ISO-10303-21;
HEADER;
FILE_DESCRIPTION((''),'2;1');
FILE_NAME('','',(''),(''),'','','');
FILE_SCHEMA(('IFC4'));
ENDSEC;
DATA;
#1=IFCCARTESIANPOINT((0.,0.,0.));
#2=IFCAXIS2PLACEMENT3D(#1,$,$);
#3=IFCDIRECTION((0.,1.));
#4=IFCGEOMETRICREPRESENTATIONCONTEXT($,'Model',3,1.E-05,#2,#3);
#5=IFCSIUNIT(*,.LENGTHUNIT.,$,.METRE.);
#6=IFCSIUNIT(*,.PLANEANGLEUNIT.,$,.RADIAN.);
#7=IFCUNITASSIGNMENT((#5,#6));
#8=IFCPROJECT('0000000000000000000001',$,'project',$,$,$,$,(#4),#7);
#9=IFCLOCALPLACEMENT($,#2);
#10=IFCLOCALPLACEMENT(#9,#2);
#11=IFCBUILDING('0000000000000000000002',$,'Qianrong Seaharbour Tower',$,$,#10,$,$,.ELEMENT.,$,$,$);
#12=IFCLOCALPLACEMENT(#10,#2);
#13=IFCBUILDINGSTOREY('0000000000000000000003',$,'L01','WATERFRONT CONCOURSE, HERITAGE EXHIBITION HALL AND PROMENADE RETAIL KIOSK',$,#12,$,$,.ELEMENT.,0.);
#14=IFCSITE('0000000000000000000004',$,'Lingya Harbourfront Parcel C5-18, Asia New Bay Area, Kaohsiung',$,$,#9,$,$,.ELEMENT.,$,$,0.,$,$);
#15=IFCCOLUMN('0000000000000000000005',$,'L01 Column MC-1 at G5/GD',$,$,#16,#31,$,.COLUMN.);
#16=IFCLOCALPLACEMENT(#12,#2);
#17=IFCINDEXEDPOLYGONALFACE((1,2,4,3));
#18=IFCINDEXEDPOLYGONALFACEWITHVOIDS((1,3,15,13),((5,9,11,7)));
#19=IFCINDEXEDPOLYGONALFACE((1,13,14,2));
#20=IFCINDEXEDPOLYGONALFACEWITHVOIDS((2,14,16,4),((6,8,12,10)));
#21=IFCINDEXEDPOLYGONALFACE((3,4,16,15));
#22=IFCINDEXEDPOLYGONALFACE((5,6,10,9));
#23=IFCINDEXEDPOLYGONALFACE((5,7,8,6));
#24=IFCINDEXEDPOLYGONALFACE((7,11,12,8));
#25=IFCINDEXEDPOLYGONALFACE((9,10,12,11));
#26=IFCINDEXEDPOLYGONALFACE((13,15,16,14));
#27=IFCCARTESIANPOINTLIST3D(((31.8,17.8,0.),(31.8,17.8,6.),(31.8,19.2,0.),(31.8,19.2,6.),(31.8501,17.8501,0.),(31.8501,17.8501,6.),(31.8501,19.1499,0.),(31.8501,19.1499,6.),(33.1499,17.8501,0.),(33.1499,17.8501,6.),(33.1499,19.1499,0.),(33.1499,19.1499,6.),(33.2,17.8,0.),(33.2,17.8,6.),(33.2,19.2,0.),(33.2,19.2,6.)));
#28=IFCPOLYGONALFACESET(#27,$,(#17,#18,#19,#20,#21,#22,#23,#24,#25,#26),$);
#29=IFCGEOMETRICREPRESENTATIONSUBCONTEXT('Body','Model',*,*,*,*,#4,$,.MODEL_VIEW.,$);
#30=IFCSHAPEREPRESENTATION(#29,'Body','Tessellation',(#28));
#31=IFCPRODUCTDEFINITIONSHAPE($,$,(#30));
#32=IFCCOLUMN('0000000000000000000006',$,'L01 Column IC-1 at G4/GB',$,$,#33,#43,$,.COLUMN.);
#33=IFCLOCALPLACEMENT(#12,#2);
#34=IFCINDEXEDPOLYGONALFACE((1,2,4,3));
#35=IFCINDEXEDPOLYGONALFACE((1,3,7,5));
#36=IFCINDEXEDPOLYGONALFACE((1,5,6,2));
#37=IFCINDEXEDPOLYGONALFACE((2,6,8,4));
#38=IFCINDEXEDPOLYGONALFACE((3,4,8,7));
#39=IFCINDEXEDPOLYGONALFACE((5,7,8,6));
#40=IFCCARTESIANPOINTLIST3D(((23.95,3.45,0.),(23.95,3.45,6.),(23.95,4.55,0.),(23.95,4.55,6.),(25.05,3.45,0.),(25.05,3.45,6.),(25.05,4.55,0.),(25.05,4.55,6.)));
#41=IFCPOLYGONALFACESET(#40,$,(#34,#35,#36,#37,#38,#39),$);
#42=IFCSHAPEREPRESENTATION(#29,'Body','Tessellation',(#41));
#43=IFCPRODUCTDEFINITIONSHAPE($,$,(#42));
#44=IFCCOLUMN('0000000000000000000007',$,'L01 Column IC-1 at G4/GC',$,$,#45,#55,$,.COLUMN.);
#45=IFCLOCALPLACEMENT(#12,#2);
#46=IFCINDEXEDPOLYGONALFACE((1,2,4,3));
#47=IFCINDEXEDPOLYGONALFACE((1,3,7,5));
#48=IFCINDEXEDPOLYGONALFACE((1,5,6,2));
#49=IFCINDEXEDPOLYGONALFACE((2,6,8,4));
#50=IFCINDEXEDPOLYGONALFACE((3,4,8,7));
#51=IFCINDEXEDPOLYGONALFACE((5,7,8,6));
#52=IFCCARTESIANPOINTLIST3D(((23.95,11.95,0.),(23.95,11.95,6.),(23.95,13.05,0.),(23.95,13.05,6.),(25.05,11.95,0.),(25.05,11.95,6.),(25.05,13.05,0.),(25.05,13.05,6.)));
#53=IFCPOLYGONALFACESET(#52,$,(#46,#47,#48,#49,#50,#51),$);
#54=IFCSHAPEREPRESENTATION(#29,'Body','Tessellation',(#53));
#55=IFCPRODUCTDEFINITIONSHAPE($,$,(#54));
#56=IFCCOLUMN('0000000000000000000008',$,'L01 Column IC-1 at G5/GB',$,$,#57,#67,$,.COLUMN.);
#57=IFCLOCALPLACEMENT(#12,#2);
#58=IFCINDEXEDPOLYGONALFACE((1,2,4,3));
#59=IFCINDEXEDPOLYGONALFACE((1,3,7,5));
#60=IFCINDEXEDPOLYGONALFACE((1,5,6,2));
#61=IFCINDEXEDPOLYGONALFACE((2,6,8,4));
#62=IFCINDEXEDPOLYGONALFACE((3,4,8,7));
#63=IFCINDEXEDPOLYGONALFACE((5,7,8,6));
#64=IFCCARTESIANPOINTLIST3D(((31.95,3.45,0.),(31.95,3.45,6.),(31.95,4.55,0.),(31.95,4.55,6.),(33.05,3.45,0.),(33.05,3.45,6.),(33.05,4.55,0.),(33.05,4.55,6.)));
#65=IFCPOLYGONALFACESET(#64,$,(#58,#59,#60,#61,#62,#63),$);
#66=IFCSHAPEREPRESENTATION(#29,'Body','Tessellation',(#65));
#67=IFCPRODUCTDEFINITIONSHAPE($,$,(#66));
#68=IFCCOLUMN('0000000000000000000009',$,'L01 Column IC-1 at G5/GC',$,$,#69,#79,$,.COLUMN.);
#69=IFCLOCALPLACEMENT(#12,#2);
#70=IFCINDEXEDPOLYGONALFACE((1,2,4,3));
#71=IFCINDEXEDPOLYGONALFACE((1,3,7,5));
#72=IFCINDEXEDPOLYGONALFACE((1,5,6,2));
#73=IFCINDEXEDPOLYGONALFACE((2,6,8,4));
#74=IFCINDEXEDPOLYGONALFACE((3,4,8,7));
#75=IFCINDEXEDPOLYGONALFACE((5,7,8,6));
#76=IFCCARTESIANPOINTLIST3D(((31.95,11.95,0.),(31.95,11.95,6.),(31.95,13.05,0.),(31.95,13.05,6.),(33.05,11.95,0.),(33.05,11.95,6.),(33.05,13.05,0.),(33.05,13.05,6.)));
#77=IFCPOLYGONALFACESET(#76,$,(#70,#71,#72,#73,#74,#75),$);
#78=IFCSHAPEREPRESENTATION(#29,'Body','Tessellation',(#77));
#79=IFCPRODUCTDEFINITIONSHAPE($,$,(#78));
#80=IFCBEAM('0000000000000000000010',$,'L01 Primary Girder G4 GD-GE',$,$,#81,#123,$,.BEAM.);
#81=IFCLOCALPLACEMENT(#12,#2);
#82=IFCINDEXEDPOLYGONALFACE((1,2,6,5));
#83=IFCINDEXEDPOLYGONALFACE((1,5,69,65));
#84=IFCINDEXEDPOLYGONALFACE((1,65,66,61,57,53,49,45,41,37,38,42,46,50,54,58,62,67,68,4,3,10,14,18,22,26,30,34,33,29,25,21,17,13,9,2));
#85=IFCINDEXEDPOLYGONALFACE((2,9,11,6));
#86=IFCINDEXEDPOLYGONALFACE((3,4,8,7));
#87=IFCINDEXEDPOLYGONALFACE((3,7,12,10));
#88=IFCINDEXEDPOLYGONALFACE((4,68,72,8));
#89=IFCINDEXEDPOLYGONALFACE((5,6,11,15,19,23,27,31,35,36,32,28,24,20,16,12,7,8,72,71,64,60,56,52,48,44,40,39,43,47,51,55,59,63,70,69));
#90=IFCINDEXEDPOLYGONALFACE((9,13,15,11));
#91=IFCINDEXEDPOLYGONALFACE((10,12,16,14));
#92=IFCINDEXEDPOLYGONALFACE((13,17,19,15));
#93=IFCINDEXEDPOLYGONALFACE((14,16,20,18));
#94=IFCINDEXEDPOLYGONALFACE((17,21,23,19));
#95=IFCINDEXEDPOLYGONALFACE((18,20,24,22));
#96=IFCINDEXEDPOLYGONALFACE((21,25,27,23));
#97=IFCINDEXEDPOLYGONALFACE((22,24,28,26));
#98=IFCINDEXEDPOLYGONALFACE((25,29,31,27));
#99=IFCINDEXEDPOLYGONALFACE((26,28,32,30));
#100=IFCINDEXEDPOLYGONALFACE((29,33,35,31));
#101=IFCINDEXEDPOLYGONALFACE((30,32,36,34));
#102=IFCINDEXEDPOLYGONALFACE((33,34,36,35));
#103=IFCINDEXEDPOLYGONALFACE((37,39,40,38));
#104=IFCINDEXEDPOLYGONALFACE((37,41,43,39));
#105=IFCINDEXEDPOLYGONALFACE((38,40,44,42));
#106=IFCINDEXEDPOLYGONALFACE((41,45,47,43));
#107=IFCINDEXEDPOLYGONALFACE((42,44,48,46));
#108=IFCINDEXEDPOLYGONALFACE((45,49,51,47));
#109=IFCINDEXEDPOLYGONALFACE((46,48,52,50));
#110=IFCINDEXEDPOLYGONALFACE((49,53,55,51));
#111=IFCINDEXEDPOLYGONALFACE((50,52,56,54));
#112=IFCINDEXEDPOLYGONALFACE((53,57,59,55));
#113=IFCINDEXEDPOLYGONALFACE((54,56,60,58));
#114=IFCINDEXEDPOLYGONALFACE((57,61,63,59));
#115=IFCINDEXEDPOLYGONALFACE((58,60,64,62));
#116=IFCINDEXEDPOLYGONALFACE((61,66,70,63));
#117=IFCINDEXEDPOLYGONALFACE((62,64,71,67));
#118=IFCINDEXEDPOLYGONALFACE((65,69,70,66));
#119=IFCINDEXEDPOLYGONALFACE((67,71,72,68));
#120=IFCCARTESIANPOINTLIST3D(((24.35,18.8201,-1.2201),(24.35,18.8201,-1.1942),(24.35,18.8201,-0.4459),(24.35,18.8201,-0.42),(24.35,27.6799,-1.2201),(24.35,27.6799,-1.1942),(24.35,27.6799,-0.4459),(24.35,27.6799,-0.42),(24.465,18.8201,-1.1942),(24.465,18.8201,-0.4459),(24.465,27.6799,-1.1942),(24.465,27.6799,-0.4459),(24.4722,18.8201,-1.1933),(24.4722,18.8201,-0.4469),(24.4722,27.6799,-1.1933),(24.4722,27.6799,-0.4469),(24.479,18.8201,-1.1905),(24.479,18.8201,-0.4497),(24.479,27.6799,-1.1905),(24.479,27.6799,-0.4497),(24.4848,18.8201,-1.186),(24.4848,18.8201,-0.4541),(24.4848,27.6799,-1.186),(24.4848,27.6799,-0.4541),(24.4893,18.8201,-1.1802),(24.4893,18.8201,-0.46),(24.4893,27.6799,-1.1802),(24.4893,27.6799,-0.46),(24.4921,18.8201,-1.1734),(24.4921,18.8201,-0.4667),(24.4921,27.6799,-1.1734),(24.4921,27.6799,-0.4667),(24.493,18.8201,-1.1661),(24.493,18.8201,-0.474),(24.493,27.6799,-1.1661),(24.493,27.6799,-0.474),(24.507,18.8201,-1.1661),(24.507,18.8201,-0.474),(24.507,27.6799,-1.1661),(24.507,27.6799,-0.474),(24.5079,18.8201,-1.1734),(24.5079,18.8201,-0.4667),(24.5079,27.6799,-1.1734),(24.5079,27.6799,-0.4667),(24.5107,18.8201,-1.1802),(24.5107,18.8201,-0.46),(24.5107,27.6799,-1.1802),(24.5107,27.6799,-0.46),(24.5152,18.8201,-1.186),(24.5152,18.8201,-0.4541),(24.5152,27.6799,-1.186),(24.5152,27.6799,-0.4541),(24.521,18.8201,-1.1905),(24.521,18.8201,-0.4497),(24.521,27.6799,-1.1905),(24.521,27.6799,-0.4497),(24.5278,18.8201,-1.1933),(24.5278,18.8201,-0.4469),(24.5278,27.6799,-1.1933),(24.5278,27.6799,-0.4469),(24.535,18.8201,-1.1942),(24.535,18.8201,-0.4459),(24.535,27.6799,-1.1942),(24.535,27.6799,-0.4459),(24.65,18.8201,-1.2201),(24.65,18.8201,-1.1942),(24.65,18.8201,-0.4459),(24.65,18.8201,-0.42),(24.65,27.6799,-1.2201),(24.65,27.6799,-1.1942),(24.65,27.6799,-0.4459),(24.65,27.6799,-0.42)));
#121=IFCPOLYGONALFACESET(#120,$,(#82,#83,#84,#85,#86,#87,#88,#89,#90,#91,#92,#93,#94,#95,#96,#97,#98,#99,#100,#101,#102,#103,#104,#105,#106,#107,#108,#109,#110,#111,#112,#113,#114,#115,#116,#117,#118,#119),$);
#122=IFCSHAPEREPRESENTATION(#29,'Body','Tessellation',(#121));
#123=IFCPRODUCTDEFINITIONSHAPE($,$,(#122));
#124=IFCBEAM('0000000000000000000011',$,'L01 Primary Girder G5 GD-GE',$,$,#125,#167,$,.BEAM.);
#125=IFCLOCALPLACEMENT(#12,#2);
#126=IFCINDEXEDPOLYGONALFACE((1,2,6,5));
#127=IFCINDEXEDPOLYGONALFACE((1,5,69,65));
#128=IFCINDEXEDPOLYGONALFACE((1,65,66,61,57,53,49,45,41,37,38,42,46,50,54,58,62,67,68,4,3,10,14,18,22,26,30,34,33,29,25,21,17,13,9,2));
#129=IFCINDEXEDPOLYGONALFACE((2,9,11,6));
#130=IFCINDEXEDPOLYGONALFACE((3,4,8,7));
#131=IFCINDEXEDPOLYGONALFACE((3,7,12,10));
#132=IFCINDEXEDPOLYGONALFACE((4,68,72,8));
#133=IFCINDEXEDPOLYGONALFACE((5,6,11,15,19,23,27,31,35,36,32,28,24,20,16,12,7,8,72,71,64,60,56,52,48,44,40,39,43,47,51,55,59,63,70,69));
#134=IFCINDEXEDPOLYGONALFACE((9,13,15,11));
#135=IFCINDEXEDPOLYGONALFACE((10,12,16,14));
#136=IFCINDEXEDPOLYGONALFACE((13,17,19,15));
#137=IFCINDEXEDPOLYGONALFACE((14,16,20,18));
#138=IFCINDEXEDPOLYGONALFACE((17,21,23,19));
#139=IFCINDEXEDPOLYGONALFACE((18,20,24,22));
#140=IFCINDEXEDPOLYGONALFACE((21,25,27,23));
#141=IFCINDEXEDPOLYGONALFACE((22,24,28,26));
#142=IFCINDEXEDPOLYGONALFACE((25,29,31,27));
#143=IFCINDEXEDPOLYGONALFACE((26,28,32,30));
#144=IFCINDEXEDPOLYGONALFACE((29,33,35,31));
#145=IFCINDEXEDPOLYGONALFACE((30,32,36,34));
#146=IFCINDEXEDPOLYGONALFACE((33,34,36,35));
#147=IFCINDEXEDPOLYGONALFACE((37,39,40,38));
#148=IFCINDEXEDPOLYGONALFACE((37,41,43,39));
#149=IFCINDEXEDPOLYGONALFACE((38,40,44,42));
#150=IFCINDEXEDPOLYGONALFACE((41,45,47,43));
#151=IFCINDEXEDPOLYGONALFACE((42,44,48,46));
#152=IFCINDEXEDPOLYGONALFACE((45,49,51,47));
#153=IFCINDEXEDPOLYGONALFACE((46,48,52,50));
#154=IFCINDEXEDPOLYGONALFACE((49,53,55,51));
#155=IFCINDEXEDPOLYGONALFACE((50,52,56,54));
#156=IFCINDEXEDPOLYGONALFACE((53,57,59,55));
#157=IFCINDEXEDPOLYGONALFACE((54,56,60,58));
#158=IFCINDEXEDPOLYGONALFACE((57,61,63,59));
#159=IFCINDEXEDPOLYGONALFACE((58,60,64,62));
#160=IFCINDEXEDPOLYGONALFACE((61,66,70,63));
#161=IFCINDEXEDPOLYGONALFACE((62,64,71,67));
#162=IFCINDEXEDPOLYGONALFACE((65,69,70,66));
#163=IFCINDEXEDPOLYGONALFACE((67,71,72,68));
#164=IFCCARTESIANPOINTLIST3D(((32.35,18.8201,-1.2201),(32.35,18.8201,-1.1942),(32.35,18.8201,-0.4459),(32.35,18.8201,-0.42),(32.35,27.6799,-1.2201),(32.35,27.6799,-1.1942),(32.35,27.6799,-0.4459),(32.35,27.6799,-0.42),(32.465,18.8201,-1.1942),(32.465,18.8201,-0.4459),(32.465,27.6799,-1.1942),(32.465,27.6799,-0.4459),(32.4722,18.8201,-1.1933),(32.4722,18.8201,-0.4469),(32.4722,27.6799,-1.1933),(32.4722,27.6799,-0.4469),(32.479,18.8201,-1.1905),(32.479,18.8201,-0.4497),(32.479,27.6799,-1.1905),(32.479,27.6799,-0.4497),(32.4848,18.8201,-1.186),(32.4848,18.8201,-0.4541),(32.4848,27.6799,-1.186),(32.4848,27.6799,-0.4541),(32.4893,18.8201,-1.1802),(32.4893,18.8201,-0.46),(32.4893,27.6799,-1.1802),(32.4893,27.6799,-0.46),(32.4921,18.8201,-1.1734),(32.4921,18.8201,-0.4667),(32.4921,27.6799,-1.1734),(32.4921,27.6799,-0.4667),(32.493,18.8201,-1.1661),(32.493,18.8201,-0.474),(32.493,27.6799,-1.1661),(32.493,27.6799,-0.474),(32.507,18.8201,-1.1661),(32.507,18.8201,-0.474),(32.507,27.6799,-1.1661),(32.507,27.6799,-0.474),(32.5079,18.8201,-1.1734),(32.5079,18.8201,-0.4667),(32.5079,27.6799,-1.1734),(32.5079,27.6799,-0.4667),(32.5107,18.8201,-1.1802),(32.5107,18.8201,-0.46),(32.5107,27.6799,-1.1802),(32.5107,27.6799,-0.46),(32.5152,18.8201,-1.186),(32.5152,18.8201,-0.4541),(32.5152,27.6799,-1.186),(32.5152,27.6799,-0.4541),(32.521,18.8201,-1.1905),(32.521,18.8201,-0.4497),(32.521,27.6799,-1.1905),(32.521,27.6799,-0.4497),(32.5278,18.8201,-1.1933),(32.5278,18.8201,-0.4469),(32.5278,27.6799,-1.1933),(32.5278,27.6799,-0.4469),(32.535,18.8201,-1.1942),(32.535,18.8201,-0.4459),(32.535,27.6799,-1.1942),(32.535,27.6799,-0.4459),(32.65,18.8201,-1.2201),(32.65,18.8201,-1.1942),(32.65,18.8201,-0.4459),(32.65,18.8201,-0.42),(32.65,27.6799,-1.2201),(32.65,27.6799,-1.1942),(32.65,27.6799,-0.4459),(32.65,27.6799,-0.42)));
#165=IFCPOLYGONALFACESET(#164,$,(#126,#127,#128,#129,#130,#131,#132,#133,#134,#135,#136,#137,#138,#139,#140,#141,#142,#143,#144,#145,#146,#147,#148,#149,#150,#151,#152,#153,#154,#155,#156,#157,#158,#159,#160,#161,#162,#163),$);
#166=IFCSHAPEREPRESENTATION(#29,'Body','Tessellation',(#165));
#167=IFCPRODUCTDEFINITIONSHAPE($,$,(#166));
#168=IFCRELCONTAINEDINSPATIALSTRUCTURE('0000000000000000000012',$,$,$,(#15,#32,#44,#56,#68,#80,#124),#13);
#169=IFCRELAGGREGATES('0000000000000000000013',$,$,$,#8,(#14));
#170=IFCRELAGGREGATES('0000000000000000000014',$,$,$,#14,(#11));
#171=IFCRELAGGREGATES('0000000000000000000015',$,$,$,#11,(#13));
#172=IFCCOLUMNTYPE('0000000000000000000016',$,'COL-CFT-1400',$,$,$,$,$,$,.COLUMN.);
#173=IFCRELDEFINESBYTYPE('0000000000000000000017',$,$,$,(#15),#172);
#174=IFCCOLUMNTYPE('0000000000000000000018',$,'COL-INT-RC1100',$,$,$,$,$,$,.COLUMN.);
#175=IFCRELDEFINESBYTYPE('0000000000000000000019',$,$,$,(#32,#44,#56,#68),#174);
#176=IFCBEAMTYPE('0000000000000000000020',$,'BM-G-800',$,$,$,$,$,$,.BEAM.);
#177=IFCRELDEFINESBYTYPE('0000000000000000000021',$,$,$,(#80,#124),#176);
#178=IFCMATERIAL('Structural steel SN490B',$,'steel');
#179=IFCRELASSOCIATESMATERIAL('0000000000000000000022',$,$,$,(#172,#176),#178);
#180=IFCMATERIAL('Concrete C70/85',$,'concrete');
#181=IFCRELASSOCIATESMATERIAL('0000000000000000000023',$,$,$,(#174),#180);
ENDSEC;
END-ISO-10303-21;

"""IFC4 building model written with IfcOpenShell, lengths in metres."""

from ifc_helpers import new_model, si_unit, direction, frame, origin, origin_2d, place, context, subcontext, project, spatial, rectangle, hollow_rectangle, i_section, extrude, material, material_profile, profile_set, type_object, element, save


model = new_model("IFC4")

# Units and contexts
model_context = context("Model", 3, precision=1e-05, world=origin(), true_north=direction((0.0, 1.0)))
body_context = subcontext(model_context, "Body", "Model", "MODEL_VIEW")
ifc_project = project(units=[si_unit("LENGTHUNIT", "METRE"), si_unit("PLANEANGLEUNIT", "RADIAN")], contexts=[model_context])

# Site, building, storey
site_placement = place(None, origin())
site = spatial("IfcSite", under=ifc_project, at=site_placement, Name="Lingya Harbourfront Parcel C5-18, Asia New Bay Area, Kaohsiung", CompositionType="ELEMENT", RefElevation=0.0)
building_placement = place(site_placement, origin())
building = spatial("IfcBuilding", under=site, at=building_placement, Name="Qianrong Seaharbour Tower", CompositionType="ELEMENT")
storey_placement = place(building_placement, origin())
storey = spatial("IfcBuildingStorey", under=building, at=storey_placement, Name="L01", Description="WATERFRONT CONCOURSE, HERITAGE EXHIBITION HALL AND PROMENADE RETAIL KIOSK", CompositionType="ELEMENT", Elevation=0.0)

# Columns
ifc_material_1 = material(Name="Structural steel SN490B", Category="steel")
ifc_material_profile_1 = material_profile(ifc_material_1, hollow_rectangle(XDim=1.3999, YDim=1.3999, WallThickness=0.05, at=origin_2d()), Name="BOX1400x1400x50")
ifc_profile_set_1 = profile_set([ifc_material_profile_1], Name="Structural steel SN490B")
column_type_1 = type_object("IfcColumnType", Name="COL-CFT-1400", PredefinedType="COLUMN", material=ifc_profile_set_1)
column_placement = place(storey_placement, frame((32.5, 18.5, 0.0), z_axis=(0.0, 0.0, 1.0), x_axis=(1.0, 0.0, 0.0)))
element("IfcColumn", 1, at=column_placement, inside=storey, type_object=column_type_1, Name="L01 Column MC-1 at G5/GD", PredefinedType="COLUMN", context=body_context, shape_type="SweptSolid", body=[
    extrude(hollow_rectangle(XDim=1.3999, YDim=1.3999, WallThickness=0.05, at=origin_2d()), origin(), (0.0, 0.0, 1.0), 6.0),
])
ifc_material_2 = material(Name="Concrete C70/85", Category="concrete")
ifc_material_profile_2 = material_profile(ifc_material_2, rectangle(XDim=1.1001, YDim=1.1001, at=origin_2d()), Name="RC1100x1100")
ifc_profile_set_2 = profile_set([ifc_material_profile_2], Name="Concrete C70/85")
column_type_2 = type_object("IfcColumnType", Name="COL-INT-RC1100", PredefinedType="COLUMN", material=ifc_profile_set_2)
for number, where, z_axis, x_axis, name in (
    (2, (24.5, 4.0, 0.0), (0.0, 0.0, 1.0), (1.0, 0.0, 0.0), "L01 Column IC-1 at G4/GB"),
    (3, (24.5, 12.5, 0.0), (0.0, 0.0, 1.0), (1.0, 0.0, 0.0), "L01 Column IC-1 at G4/GC"),
    (4, (32.5, 4.0, 0.0), (0.0, 0.0, 1.0), (1.0, 0.0, 0.0), "L01 Column IC-1 at G5/GB"),
    (5, (32.5, 12.5, 0.0), (0.0, 0.0, 1.0), (1.0, 0.0, 0.0), "L01 Column IC-1 at G5/GC"),
):
    element("IfcColumn", number, at=place(storey_placement, frame(where, z_axis=z_axis, x_axis=x_axis)), inside=storey, type_object=column_type_2, Name=name, PredefinedType="COLUMN", context=body_context, shape_type="SweptSolid", body=[
        extrude(rectangle(XDim=1.1001, YDim=1.1001, at=origin_2d()), origin(), (0.0, 0.0, 1.0), 6.0),
    ])

# Beams
ifc_material_profile_3 = material_profile(ifc_material_1, i_section(OverallWidth=0.3, OverallDepth=0.8, WebThickness=0.0139, FlangeThickness=0.0259, FilletRadius=0.0281, at=origin_2d()), Name="H800x300x14x26")
ifc_profile_set_3 = profile_set([ifc_material_profile_3], Name="Structural steel SN490B")
beam_type_1 = type_object("IfcBeamType", Name="BM-G-800", PredefinedType="BEAM", material=ifc_profile_set_3)
for number, where, z_axis, x_axis, name in (
    (6, (24.5, 18.8201, -0.8201), (0.0, 1.0, 0.0), (-1.0, 0.0, 0.0), "L01 Primary Girder G4 GD-GE"),
    (7, (32.5, 18.8201, -0.8201), (0.0, 1.0, 0.0), (-1.0, 0.0, 0.0), "L01 Primary Girder G5 GD-GE"),
):
    element("IfcBeam", number, at=place(storey_placement, frame(where, z_axis=z_axis, x_axis=x_axis)), inside=storey, type_object=beam_type_1, Name=name, PredefinedType="BEAM", context=body_context, shape_type="SweptSolid", body=[
        extrude(i_section(OverallWidth=0.3, OverallDepth=0.8, WebThickness=0.0139, FlangeThickness=0.0259, FilletRadius=0.0281, at=origin_2d()), origin(), (0.0, 0.0, 1.0), 8.8599),
    ])

save(model, "model.ifc")
